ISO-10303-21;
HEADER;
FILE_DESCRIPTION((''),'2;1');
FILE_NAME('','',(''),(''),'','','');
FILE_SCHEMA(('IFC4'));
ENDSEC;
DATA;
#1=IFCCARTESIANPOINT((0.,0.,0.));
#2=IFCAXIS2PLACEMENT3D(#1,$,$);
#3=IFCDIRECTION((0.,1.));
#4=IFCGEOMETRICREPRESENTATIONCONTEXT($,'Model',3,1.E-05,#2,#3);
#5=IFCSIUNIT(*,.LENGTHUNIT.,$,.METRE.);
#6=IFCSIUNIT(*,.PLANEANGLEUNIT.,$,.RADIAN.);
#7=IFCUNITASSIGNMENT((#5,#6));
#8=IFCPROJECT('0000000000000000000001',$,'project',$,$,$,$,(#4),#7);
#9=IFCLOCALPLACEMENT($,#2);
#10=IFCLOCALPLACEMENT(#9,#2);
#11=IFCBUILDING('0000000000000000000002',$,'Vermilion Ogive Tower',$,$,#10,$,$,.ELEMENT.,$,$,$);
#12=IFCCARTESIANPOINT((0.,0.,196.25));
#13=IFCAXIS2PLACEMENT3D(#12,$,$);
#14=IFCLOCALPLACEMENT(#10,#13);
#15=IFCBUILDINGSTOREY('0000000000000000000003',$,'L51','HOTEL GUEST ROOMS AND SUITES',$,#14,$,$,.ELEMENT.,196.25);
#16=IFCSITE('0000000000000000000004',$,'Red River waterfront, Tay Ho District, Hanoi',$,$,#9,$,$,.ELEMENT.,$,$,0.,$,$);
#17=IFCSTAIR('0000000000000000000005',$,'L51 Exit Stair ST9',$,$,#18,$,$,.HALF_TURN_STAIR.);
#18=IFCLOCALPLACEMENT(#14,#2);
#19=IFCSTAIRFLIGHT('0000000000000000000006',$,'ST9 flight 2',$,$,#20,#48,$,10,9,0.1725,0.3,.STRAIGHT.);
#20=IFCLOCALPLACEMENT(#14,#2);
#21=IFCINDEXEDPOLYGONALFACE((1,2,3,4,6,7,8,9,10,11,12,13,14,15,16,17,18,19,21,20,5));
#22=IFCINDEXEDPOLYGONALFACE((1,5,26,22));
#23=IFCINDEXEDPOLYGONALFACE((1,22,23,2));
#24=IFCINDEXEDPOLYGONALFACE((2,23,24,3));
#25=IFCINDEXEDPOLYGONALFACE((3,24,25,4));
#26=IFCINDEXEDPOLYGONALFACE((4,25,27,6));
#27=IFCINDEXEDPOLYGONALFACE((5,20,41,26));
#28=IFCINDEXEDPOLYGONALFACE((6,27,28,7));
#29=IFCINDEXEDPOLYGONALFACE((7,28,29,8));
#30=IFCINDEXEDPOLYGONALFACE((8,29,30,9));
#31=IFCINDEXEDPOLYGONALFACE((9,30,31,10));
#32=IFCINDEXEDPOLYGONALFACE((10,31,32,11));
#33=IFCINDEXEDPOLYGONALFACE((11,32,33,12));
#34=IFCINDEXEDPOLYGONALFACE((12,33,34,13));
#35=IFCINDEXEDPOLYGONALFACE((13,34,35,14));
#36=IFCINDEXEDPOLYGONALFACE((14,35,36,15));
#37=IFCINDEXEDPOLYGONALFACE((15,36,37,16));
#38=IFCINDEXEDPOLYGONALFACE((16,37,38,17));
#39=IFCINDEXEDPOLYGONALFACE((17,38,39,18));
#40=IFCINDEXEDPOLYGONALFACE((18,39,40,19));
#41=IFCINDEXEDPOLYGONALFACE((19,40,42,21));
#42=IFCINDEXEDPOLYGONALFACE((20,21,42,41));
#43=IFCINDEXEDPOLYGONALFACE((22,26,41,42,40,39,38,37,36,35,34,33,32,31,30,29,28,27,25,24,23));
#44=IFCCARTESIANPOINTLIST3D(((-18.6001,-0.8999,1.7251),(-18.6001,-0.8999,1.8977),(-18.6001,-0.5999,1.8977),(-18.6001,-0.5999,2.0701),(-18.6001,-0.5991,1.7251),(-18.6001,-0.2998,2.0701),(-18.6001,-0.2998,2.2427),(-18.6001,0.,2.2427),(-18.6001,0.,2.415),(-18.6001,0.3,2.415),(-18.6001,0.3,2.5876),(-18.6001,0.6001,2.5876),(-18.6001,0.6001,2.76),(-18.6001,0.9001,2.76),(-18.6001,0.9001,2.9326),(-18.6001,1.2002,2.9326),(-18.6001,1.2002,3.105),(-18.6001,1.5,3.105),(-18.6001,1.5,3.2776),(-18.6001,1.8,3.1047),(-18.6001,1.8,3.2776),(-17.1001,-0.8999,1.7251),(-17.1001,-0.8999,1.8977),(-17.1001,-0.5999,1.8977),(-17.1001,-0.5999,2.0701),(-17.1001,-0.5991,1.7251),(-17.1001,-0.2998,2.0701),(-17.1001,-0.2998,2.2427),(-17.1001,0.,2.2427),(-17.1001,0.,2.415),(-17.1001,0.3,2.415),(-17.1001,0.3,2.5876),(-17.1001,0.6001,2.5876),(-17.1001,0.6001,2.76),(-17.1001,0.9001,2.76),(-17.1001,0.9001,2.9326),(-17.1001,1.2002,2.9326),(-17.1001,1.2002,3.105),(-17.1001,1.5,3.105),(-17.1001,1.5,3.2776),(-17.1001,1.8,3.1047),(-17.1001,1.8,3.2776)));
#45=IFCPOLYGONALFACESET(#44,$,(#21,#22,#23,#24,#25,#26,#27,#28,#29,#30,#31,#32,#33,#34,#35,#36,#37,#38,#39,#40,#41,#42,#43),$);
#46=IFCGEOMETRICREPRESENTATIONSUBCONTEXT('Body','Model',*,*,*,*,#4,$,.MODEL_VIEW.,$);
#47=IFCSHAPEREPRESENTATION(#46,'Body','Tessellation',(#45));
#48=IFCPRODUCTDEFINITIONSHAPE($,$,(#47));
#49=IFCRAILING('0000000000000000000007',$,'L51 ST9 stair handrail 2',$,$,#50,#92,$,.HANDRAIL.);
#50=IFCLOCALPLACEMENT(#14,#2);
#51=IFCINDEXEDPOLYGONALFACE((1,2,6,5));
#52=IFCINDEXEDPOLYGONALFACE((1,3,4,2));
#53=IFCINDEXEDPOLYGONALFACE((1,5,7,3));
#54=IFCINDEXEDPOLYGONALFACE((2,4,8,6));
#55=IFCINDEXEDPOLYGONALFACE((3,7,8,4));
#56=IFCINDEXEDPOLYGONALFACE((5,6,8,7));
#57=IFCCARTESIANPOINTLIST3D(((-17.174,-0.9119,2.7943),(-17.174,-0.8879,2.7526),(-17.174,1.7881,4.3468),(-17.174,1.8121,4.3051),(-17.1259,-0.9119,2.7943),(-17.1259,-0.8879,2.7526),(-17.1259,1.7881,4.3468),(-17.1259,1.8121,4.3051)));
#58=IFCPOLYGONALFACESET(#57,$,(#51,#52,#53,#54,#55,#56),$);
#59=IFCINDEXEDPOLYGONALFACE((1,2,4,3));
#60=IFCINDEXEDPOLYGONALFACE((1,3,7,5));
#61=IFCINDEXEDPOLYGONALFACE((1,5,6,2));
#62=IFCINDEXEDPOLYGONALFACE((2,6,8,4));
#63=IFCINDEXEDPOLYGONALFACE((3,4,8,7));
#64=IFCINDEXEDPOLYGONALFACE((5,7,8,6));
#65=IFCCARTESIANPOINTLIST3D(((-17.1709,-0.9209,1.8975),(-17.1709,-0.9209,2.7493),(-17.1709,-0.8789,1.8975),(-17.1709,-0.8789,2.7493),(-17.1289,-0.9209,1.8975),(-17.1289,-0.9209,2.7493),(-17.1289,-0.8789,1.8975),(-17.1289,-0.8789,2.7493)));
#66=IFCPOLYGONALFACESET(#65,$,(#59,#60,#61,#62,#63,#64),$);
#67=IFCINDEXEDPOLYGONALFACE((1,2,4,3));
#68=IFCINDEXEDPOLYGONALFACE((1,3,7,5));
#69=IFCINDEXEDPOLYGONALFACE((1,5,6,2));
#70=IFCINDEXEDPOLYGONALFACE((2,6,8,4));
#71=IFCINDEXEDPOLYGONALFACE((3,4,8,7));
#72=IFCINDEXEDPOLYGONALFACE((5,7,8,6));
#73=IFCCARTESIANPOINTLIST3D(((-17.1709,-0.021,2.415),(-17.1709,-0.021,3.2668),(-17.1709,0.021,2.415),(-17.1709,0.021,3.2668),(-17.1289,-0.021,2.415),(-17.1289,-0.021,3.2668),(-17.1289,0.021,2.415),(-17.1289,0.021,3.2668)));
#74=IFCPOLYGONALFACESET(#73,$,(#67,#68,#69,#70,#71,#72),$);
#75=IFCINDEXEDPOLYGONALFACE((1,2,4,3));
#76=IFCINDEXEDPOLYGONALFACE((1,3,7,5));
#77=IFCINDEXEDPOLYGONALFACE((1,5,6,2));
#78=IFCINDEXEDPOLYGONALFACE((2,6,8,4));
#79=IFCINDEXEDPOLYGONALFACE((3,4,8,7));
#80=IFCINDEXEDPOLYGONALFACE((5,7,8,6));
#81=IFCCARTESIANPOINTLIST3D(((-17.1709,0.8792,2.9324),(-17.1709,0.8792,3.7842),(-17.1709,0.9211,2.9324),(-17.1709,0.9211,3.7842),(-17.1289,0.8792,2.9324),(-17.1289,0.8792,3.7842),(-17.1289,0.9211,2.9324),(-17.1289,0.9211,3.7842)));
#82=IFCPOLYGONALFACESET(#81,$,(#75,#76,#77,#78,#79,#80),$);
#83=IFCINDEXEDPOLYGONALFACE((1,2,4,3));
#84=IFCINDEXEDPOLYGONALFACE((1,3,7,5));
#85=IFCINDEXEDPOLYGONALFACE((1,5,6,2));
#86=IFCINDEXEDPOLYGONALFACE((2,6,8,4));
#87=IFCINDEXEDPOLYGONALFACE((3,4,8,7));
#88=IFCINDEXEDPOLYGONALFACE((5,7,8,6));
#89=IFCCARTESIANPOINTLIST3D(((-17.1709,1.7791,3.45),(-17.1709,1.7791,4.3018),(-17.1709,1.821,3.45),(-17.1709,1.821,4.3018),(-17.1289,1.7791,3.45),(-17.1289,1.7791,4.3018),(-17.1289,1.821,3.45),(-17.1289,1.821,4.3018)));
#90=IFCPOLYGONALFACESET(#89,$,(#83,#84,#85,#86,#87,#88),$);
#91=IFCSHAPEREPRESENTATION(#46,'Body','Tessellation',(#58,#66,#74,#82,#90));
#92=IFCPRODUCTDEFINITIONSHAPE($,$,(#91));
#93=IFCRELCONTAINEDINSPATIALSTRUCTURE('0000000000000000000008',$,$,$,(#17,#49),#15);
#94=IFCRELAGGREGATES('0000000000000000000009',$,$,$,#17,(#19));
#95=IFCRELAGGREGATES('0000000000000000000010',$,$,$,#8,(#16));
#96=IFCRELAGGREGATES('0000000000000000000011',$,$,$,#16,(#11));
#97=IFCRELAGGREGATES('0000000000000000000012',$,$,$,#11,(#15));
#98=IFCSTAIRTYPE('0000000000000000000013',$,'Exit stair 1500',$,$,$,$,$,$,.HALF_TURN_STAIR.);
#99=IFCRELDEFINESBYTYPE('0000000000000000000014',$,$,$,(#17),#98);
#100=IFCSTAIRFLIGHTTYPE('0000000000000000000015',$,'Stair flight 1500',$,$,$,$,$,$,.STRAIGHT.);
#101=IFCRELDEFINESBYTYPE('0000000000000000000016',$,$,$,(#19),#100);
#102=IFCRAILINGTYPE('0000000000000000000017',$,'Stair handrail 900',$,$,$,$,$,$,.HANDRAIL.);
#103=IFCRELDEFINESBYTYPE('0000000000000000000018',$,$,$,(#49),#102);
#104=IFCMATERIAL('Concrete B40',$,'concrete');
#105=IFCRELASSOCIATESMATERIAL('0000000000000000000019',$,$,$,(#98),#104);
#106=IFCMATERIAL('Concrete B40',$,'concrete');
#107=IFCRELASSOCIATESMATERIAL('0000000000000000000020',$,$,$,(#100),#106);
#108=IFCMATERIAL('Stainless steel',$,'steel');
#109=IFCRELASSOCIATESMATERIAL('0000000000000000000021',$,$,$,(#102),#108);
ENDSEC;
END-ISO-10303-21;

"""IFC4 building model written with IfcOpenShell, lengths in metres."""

from ifc_helpers import new_model, si_unit, direction, frame, origin, origin_2d, place, context, subcontext, project, spatial, polyline, rectangle, outline, extrude, material, type_object, element, aggregate, save


model = new_model("IFC4")

# Units and contexts
model_context = context("Model", 3, precision=1e-05, world=origin(), true_north=direction((0.0, 1.0)))
body_context = subcontext(model_context, "Body", "Model", "MODEL_VIEW")
ifc_project = project(units=[si_unit("LENGTHUNIT", "METRE"), si_unit("PLANEANGLEUNIT", "RADIAN")], contexts=[model_context])

# Site, building, storey
site_placement = place(None, origin())
site = spatial("IfcSite", under=ifc_project, at=site_placement, Name="Red River waterfront, Tay Ho District, Hanoi", CompositionType="ELEMENT", RefElevation=0.0)
building_placement = place(site_placement, origin())
building = spatial("IfcBuilding", under=site, at=building_placement, Name="Vermilion Ogive Tower", CompositionType="ELEMENT")
storey_placement = place(building_placement, frame((0.0, 0.0, 196.25)))
storey = spatial("IfcBuildingStorey", under=building, at=storey_placement, Name="L51", Description="HOTEL GUEST ROOMS AND SUITES", CompositionType="ELEMENT", Elevation=196.25)

# Stair, stair flight
ifc_material_1 = material(Name="Concrete B40", Category="concrete")
stair_type = type_object("IfcStairType", Name="Exit stair 1500", PredefinedType="HALF_TURN_STAIR", material=ifc_material_1)
stair_placement = place(storey_placement, origin())
stair = element("IfcStair", 1, at=stair_placement, inside=storey, type_object=stair_type, Name="L51 Exit Stair ST9", PredefinedType="HALF_TURN_STAIR")
ifc_material_2 = material(Name="Concrete B40", Category="concrete")
stair_flight_type = type_object("IfcStairFlightType", Name="Stair flight 1500", PredefinedType="STRAIGHT", material=ifc_material_2)
stair_flight_placement = place(storey_placement, frame((-17.8501, -0.8999, 1.7251), z_axis=(0.0, 0.0, 1.0), x_axis=(0.0, 1.0, 0.0)))
stair_flight = element("IfcStairFlight", 2, at=stair_flight_placement, type_object=stair_flight_type, Name="ST9 flight 2", NumberOfRisers=10, NumberOfTreads=9, PredefinedType="STRAIGHT", RiserHeight=0.1725, TreadLength=0.3, context=body_context, shape_type="SweptSolid", body=[
    extrude(outline(polyline([(0.0, 0.0), (0.0, 0.1726), (0.3, 0.1726), (0.3, 0.345), (0.6001, 0.345), (0.6001, 0.5176), (0.8999, 0.5176), (0.8999, 0.6899), (1.2, 0.6899), (1.2, 0.8625), (1.5, 0.8625), (1.5, 1.0349), (1.8, 1.0349), (1.8, 1.2075), (2.1001, 1.2075), (2.1001, 1.3799), (2.3999, 1.3799), (2.3999, 1.5525), (2.7, 1.5525), (2.7, 1.7251), (2.7, 1.3796), (0.3008, 0.0), (0.0, 0.0)])), frame((0.0, 0.75, 0.0), z_axis=(0.0, -1.0, 0.0), x_axis=(1.0, 0.0, 0.0)), (0.0, 0.0, 1.0), 1.5),
])
aggregate(stair, [stair_flight])

# Railing
ifc_material_3 = material(Name="Stainless steel", Category="steel")
railing_type = type_object("IfcRailingType", Name="Stair handrail 900", PredefinedType="HANDRAIL", material=ifc_material_3)
railing_placement = place(storey_placement, frame((-17.1499, -0.8999, 1.8975)))
element("IfcRailing", 3, at=railing_placement, inside=storey, type_object=railing_type, Name="L51 ST9 stair handrail 2", PredefinedType="HANDRAIL", context=body_context, shape_type="SweptSolid", body=[
    extrude(rectangle(XDim=0.0481, YDim=0.0481, at=origin_2d()), frame((0.0, 0.0, 0.876), z_axis=(0.0, 0.866904, 0.498476), x_axis=(-1.0, 0.0, 0.0)), (0.0, 0.0, 1.0), 3.1145),
    extrude(rectangle(XDim=0.042, YDim=0.042, at=origin_2d()), origin(), (0.0, 0.0, 1.0), 0.8518),
    extrude(rectangle(XDim=0.042, YDim=0.042, at=origin_2d()), frame((0.0, 0.8999, 0.5176)), (0.0, 0.0, 1.0), 0.8518),
    extrude(rectangle(XDim=0.042, YDim=0.042, at=origin_2d()), frame((0.0, 1.8, 1.0349)), (0.0, 0.0, 1.0), 0.8518),
    extrude(rectangle(XDim=0.042, YDim=0.042, at=origin_2d()), frame((0.0, 2.7, 1.5525)), (0.0, 0.0, 1.0), 0.8518),
])

save(model, "model.ifc")
